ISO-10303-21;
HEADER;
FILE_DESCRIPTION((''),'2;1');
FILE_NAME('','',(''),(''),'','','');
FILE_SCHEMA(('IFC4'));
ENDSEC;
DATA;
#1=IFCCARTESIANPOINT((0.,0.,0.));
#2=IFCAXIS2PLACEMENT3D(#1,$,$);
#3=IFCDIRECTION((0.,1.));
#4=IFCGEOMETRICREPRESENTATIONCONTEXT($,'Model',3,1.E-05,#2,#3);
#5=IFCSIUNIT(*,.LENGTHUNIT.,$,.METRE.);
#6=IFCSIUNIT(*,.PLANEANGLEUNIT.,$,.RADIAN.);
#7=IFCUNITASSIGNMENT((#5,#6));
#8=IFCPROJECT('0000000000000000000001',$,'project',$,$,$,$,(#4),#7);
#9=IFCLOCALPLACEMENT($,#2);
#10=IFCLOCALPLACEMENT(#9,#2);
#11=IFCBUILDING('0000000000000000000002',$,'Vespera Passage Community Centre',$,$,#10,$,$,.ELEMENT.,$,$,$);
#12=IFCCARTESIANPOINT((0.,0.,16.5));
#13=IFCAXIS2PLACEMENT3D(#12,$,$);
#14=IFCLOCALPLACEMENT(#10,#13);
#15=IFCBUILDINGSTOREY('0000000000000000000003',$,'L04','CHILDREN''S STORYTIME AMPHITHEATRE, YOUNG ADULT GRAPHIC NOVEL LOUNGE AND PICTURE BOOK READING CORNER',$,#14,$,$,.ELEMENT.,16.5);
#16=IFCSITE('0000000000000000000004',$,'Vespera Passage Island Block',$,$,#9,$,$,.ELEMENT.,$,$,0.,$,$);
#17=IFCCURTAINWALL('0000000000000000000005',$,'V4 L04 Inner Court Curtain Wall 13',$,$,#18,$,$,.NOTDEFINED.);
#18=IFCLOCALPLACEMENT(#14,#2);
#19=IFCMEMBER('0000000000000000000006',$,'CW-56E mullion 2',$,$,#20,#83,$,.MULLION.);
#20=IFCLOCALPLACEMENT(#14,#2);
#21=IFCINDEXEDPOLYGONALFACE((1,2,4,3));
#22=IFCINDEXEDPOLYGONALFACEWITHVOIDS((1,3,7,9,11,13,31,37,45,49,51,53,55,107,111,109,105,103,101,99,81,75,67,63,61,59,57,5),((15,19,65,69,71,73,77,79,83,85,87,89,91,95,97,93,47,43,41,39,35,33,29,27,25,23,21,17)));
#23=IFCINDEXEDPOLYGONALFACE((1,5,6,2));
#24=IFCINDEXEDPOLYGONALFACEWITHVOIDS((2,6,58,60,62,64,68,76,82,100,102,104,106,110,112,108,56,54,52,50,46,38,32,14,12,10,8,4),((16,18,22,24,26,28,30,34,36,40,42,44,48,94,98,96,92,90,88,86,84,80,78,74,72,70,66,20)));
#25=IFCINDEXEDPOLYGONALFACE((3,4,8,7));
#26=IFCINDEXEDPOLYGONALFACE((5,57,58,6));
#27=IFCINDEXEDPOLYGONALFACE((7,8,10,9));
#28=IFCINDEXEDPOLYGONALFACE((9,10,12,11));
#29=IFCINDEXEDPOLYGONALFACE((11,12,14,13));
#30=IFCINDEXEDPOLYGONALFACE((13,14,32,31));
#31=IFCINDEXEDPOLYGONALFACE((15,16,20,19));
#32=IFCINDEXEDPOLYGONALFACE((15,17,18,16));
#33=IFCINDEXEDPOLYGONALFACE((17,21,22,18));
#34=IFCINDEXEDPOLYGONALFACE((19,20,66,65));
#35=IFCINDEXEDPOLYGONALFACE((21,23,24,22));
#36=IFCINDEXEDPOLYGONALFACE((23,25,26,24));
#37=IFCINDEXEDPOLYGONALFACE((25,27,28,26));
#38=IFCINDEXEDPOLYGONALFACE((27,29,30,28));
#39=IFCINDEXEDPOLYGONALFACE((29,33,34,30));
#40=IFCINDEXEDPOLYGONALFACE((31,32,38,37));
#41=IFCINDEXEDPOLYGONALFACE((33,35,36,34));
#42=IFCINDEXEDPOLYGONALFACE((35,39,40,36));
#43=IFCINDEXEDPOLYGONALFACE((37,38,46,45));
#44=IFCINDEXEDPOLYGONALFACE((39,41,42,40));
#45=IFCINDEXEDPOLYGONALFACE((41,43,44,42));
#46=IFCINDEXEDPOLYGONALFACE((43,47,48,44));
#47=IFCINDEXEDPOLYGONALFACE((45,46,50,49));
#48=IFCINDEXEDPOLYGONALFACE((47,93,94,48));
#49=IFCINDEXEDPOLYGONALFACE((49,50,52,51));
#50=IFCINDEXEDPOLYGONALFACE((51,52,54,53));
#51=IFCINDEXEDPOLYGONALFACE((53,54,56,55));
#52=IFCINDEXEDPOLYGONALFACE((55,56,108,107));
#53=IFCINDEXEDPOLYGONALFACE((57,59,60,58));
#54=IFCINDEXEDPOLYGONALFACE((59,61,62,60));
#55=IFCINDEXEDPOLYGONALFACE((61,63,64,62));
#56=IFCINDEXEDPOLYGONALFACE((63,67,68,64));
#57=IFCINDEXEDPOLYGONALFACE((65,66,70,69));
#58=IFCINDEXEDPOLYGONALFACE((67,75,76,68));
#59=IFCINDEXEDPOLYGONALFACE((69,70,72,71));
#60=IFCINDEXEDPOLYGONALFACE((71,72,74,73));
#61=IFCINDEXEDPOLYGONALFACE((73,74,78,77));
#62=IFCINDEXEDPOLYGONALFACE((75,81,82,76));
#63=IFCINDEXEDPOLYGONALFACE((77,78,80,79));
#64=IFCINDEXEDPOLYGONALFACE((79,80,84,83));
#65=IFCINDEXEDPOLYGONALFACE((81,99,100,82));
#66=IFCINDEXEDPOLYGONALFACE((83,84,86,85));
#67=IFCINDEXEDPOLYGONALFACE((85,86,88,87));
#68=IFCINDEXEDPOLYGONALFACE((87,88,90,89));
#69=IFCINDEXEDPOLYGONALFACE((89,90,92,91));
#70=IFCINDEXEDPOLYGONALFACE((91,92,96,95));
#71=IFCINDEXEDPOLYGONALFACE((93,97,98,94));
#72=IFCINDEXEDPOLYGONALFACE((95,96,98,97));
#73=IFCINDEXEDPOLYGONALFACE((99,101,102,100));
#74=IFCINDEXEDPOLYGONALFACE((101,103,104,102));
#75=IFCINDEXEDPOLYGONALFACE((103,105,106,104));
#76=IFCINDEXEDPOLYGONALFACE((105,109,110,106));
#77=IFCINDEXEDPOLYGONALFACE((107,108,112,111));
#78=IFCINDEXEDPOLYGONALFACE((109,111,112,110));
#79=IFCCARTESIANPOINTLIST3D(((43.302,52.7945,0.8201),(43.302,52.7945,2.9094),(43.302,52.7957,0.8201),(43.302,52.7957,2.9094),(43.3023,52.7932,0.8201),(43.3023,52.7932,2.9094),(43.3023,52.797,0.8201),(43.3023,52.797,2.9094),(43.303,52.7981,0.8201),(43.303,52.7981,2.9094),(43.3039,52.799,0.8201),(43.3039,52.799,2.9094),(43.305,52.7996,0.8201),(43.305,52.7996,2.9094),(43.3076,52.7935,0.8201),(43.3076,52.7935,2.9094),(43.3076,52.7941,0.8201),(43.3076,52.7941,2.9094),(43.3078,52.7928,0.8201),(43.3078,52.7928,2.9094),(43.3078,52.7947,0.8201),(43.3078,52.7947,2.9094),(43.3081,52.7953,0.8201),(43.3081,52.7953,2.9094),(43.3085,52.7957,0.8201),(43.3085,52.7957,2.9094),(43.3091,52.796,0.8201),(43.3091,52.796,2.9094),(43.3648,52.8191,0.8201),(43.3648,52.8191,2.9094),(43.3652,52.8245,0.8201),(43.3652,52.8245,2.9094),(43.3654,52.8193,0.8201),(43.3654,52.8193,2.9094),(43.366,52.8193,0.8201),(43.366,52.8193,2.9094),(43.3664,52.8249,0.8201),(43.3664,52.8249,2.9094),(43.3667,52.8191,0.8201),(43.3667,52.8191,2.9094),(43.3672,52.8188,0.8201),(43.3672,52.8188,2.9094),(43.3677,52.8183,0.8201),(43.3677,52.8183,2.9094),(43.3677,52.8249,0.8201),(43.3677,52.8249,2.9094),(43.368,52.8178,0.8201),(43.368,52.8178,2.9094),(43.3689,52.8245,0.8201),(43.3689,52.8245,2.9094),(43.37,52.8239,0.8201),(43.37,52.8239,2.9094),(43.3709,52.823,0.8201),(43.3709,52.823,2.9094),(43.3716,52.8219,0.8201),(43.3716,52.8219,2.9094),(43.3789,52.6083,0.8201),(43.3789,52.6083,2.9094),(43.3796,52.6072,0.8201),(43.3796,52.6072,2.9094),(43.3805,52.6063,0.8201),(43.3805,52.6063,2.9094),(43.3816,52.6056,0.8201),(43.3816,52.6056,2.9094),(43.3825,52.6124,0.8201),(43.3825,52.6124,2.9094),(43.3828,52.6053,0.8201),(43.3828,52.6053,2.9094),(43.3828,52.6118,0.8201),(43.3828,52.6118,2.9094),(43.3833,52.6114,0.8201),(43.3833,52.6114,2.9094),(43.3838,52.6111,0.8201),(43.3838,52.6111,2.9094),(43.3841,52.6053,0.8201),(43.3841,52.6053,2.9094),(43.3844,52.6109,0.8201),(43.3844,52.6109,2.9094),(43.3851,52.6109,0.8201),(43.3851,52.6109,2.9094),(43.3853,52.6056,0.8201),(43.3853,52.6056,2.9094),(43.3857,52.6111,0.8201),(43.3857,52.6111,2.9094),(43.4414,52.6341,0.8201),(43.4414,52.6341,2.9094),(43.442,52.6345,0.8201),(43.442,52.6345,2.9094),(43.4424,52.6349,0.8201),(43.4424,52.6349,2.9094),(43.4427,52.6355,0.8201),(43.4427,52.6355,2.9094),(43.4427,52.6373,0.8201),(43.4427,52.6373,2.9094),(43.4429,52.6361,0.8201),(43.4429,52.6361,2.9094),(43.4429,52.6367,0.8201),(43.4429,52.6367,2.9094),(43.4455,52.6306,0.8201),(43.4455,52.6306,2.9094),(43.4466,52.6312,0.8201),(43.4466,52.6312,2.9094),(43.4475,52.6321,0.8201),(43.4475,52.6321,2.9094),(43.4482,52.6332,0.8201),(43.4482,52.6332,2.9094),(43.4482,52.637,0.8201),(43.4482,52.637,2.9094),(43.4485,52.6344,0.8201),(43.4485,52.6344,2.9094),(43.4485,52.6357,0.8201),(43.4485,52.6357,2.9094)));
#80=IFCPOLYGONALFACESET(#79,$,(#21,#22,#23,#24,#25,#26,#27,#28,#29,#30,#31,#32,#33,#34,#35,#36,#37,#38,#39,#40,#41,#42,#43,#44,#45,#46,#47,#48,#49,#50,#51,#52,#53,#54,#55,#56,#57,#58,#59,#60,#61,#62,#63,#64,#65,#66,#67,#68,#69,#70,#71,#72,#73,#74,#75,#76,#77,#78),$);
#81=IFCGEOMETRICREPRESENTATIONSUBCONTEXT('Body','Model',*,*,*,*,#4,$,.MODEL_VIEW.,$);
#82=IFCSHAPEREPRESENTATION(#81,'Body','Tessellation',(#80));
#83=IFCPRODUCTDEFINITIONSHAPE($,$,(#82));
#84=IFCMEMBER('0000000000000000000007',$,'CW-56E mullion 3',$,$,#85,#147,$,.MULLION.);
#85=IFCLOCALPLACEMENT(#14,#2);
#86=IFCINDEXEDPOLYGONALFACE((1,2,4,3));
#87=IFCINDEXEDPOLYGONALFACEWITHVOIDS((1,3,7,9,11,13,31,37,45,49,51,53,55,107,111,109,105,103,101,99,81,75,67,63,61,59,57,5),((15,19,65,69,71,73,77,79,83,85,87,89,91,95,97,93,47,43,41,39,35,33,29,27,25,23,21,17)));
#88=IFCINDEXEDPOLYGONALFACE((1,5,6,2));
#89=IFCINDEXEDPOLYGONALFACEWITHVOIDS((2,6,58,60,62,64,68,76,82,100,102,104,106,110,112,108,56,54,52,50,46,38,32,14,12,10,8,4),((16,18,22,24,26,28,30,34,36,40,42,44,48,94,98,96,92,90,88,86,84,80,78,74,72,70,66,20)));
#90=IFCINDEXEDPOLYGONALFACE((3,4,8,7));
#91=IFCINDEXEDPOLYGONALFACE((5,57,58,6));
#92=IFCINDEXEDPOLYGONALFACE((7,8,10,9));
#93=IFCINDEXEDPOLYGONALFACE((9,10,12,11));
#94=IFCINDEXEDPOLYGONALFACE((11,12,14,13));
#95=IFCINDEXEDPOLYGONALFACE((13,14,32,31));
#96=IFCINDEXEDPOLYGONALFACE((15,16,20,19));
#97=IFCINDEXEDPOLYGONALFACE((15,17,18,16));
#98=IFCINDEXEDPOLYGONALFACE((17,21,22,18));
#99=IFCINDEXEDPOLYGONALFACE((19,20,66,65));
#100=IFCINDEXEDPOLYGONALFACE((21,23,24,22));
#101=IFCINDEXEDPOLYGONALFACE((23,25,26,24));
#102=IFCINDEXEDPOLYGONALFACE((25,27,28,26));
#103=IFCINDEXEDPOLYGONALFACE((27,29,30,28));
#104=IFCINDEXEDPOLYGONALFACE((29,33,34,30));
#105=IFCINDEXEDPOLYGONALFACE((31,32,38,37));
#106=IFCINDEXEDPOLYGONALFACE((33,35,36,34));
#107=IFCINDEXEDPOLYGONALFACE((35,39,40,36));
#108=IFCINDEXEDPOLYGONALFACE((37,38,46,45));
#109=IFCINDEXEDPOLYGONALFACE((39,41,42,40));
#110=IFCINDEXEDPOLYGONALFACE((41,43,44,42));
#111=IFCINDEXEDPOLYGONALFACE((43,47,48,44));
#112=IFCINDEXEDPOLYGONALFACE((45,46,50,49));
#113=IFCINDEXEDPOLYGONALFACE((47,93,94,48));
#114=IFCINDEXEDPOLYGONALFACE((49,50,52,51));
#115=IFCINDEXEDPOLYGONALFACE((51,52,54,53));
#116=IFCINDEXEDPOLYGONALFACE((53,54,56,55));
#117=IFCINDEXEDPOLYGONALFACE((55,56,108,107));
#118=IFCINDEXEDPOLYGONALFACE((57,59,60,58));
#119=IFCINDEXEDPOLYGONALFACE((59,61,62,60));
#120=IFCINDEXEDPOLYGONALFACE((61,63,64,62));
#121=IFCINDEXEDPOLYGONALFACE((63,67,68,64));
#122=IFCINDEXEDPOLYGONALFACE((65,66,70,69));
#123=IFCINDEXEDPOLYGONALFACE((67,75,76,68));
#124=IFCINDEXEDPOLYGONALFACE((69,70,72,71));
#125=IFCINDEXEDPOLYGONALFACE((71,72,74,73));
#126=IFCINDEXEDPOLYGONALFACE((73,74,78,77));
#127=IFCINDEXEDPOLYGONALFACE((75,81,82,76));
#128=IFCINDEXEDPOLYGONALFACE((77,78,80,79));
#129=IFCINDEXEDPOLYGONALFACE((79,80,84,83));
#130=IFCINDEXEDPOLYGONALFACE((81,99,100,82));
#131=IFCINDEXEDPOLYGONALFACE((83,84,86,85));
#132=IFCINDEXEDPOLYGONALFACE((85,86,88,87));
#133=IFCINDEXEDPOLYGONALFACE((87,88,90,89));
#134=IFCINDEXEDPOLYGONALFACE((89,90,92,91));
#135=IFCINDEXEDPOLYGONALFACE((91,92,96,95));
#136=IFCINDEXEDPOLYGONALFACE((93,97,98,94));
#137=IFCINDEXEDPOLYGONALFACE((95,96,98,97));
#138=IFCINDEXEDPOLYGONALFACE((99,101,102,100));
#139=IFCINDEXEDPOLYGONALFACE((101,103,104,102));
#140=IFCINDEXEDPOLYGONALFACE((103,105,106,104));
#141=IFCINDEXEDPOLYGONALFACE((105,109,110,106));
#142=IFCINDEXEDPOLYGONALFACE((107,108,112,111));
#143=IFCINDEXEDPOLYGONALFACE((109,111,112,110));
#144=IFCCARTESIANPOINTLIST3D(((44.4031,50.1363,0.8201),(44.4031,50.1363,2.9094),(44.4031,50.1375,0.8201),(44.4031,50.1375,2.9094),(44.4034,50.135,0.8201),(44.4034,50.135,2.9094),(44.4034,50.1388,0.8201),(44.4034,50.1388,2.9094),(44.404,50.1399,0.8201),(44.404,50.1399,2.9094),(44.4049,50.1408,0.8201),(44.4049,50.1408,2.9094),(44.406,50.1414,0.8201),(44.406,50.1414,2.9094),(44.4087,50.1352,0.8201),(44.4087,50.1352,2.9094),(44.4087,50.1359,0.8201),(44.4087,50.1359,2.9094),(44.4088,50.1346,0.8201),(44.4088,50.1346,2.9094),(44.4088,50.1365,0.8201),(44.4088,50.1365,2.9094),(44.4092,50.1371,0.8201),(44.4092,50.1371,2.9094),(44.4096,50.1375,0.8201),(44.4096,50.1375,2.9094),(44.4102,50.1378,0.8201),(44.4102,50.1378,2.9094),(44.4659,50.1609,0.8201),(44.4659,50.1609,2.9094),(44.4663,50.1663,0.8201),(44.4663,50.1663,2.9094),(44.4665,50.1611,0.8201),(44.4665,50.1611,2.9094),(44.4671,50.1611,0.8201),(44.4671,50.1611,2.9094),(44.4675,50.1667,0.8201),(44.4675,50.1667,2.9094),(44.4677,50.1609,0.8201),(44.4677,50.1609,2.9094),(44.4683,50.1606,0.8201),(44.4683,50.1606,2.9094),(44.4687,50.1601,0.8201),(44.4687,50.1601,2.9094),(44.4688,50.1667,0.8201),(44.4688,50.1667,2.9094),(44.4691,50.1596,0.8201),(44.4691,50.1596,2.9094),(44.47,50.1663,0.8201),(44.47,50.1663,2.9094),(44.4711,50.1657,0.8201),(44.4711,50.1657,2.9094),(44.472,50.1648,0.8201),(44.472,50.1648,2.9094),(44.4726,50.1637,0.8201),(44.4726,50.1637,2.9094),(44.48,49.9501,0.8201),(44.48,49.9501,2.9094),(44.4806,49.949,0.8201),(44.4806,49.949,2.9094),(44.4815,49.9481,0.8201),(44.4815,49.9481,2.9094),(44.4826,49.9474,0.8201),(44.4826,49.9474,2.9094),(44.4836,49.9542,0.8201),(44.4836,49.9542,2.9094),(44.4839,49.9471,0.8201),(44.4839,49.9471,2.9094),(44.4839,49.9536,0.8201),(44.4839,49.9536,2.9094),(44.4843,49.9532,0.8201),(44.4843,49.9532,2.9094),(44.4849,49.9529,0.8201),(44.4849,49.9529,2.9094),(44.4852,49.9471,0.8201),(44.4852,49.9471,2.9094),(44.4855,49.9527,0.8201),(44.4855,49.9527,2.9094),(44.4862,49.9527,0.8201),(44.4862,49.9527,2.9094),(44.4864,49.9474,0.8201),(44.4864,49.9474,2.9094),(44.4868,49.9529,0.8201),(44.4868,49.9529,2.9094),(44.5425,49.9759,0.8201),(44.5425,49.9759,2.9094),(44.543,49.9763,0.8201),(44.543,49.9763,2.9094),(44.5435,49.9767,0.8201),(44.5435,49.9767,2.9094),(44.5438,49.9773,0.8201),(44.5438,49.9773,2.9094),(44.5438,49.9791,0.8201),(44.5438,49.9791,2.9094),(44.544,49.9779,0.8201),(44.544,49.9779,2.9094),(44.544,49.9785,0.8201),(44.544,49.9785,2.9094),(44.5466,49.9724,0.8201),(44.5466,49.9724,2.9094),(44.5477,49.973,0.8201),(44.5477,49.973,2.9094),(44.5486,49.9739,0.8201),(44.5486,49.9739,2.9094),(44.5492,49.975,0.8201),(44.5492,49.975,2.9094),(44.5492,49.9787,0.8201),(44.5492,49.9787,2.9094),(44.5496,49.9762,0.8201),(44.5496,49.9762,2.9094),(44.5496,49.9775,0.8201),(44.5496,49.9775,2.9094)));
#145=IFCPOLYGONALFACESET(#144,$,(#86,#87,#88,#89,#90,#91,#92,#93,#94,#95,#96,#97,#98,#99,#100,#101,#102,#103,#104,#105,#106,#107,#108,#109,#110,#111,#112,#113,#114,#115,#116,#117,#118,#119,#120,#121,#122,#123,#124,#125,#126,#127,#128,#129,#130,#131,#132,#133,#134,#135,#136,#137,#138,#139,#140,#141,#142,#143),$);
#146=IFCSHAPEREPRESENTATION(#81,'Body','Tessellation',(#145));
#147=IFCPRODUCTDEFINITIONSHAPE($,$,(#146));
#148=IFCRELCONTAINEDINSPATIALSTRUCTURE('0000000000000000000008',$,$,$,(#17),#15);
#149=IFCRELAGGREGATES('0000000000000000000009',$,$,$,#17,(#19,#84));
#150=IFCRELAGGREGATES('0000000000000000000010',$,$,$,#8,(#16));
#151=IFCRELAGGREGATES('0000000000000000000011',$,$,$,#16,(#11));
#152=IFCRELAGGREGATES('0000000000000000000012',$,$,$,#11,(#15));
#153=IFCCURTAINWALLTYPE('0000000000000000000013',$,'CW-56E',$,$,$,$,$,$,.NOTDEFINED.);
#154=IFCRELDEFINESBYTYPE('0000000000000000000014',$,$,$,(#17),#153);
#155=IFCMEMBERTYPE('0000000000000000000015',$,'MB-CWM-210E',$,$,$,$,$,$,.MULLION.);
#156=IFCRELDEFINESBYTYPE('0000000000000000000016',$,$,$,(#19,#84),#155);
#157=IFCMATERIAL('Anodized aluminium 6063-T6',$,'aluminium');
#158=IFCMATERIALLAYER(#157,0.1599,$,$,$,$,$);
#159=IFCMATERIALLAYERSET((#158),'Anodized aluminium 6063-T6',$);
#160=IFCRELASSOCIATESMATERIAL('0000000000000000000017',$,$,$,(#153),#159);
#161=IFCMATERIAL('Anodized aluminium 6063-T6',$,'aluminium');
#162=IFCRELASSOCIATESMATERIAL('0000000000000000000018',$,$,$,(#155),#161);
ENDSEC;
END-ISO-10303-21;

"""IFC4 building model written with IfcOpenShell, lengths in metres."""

from ifc_helpers import new_model, si_unit, direction, frame, origin, origin_2d, place, context, subcontext, project, spatial, hollow_rectangle, extrude, material, layer, layer_set, material_profile, profile_set, type_object, element, aggregate, save


model = new_model("IFC4")

# Units and contexts
model_context = context("Model", 3, precision=1e-05, world=origin(), true_north=direction((0.0, 1.0)))
body_context = subcontext(model_context, "Body", "Model", "MODEL_VIEW")
ifc_project = project(units=[si_unit("LENGTHUNIT", "METRE"), si_unit("PLANEANGLEUNIT", "RADIAN")], contexts=[model_context])

# Site, building, storey
site_placement = place(None, origin())
site = spatial("IfcSite", under=ifc_project, at=site_placement, Name="Vespera Passage Island Block", CompositionType="ELEMENT", RefElevation=0.0)
building_placement = place(site_placement, origin())
building = spatial("IfcBuilding", under=site, at=building_placement, Name="Vespera Passage Community Centre", CompositionType="ELEMENT")
storey_placement = place(building_placement, frame((0.0, 0.0, 16.5)))
storey = spatial("IfcBuildingStorey", under=building, at=storey_placement, Name="L04", Description="CHILDREN'S STORYTIME AMPHITHEATRE, YOUNG ADULT GRAPHIC NOVEL LOUNGE AND PICTURE BOOK READING CORNER", CompositionType="ELEMENT", Elevation=16.5)

# Curtain wall, members
ifc_material_1 = material(Name="Anodized aluminium 6063-T6", Category="aluminium")
ifc_layer_1 = layer(ifc_material_1, 0.1599)
ifc_layer_set_1 = layer_set([ifc_layer_1], Name="Anodized aluminium 6063-T6")
curtain_wall_type_1 = type_object("IfcCurtainWallType", Name="CW-56E", PredefinedType="NOTDEFINED", material=ifc_layer_set_1)
curtain_wall_1_placement = place(storey_placement, origin())
curtain_wall_1 = element("IfcCurtainWall", 1, at=curtain_wall_1_placement, inside=storey, type_object=curtain_wall_type_1, Name="V4 L04 Inner Court Curtain Wall 13", PredefinedType="NOTDEFINED")
ifc_material_2 = material(Name="Anodized aluminium 6063-T6", Category="aluminium")
ifc_material_profile_1 = material_profile(ifc_material_2, hollow_rectangle(XDim=0.075, YDim=0.21, WallThickness=0.0049, InnerFilletRadius=0.0024, OuterFilletRadius=0.0049, at=origin_2d()), Name="ALU210X75X5")
ifc_profile_set_1 = profile_set([ifc_material_profile_1], Name="Anodized aluminium 6063-T6")
member_type_1 = type_object("IfcMemberType", Name="MB-CWM-210E", PredefinedType="MULLION", material=ifc_profile_set_1)
member_1_placement = place(storey_placement, frame((43.3752, 52.7151, 0.8201), z_axis=(0.0, 0.0, 1.0), x_axis=(0.923877, 0.38269, 0.0)))
member_1 = element("IfcMember", 2, at=member_1_placement, type_object=member_type_1, Name="CW-56E mullion 2", PredefinedType="MULLION", context=body_context, shape_type="SweptSolid", body=[
    extrude(hollow_rectangle(XDim=0.075, YDim=0.21, WallThickness=0.0049, InnerFilletRadius=0.0024, OuterFilletRadius=0.0049, at=origin_2d()), origin(), (0.0, 0.0, 1.0), 2.0894),
])
member_2_placement = place(storey_placement, frame((44.4763, 50.0569, 0.8201), z_axis=(0.0, 0.0, 1.0), x_axis=(0.923877, 0.38269, 0.0)))
member_2 = element("IfcMember", 3, at=member_2_placement, type_object=member_type_1, Name="CW-56E mullion 3", PredefinedType="MULLION", context=body_context, shape_type="SweptSolid", body=[
    extrude(hollow_rectangle(XDim=0.075, YDim=0.21, WallThickness=0.0049, InnerFilletRadius=0.0024, OuterFilletRadius=0.0049, at=origin_2d()), origin(), (0.0, 0.0, 1.0), 2.0894),
])

aggregate(curtain_wall_1, [member_1, member_2])

save(model, "model.ifc")
